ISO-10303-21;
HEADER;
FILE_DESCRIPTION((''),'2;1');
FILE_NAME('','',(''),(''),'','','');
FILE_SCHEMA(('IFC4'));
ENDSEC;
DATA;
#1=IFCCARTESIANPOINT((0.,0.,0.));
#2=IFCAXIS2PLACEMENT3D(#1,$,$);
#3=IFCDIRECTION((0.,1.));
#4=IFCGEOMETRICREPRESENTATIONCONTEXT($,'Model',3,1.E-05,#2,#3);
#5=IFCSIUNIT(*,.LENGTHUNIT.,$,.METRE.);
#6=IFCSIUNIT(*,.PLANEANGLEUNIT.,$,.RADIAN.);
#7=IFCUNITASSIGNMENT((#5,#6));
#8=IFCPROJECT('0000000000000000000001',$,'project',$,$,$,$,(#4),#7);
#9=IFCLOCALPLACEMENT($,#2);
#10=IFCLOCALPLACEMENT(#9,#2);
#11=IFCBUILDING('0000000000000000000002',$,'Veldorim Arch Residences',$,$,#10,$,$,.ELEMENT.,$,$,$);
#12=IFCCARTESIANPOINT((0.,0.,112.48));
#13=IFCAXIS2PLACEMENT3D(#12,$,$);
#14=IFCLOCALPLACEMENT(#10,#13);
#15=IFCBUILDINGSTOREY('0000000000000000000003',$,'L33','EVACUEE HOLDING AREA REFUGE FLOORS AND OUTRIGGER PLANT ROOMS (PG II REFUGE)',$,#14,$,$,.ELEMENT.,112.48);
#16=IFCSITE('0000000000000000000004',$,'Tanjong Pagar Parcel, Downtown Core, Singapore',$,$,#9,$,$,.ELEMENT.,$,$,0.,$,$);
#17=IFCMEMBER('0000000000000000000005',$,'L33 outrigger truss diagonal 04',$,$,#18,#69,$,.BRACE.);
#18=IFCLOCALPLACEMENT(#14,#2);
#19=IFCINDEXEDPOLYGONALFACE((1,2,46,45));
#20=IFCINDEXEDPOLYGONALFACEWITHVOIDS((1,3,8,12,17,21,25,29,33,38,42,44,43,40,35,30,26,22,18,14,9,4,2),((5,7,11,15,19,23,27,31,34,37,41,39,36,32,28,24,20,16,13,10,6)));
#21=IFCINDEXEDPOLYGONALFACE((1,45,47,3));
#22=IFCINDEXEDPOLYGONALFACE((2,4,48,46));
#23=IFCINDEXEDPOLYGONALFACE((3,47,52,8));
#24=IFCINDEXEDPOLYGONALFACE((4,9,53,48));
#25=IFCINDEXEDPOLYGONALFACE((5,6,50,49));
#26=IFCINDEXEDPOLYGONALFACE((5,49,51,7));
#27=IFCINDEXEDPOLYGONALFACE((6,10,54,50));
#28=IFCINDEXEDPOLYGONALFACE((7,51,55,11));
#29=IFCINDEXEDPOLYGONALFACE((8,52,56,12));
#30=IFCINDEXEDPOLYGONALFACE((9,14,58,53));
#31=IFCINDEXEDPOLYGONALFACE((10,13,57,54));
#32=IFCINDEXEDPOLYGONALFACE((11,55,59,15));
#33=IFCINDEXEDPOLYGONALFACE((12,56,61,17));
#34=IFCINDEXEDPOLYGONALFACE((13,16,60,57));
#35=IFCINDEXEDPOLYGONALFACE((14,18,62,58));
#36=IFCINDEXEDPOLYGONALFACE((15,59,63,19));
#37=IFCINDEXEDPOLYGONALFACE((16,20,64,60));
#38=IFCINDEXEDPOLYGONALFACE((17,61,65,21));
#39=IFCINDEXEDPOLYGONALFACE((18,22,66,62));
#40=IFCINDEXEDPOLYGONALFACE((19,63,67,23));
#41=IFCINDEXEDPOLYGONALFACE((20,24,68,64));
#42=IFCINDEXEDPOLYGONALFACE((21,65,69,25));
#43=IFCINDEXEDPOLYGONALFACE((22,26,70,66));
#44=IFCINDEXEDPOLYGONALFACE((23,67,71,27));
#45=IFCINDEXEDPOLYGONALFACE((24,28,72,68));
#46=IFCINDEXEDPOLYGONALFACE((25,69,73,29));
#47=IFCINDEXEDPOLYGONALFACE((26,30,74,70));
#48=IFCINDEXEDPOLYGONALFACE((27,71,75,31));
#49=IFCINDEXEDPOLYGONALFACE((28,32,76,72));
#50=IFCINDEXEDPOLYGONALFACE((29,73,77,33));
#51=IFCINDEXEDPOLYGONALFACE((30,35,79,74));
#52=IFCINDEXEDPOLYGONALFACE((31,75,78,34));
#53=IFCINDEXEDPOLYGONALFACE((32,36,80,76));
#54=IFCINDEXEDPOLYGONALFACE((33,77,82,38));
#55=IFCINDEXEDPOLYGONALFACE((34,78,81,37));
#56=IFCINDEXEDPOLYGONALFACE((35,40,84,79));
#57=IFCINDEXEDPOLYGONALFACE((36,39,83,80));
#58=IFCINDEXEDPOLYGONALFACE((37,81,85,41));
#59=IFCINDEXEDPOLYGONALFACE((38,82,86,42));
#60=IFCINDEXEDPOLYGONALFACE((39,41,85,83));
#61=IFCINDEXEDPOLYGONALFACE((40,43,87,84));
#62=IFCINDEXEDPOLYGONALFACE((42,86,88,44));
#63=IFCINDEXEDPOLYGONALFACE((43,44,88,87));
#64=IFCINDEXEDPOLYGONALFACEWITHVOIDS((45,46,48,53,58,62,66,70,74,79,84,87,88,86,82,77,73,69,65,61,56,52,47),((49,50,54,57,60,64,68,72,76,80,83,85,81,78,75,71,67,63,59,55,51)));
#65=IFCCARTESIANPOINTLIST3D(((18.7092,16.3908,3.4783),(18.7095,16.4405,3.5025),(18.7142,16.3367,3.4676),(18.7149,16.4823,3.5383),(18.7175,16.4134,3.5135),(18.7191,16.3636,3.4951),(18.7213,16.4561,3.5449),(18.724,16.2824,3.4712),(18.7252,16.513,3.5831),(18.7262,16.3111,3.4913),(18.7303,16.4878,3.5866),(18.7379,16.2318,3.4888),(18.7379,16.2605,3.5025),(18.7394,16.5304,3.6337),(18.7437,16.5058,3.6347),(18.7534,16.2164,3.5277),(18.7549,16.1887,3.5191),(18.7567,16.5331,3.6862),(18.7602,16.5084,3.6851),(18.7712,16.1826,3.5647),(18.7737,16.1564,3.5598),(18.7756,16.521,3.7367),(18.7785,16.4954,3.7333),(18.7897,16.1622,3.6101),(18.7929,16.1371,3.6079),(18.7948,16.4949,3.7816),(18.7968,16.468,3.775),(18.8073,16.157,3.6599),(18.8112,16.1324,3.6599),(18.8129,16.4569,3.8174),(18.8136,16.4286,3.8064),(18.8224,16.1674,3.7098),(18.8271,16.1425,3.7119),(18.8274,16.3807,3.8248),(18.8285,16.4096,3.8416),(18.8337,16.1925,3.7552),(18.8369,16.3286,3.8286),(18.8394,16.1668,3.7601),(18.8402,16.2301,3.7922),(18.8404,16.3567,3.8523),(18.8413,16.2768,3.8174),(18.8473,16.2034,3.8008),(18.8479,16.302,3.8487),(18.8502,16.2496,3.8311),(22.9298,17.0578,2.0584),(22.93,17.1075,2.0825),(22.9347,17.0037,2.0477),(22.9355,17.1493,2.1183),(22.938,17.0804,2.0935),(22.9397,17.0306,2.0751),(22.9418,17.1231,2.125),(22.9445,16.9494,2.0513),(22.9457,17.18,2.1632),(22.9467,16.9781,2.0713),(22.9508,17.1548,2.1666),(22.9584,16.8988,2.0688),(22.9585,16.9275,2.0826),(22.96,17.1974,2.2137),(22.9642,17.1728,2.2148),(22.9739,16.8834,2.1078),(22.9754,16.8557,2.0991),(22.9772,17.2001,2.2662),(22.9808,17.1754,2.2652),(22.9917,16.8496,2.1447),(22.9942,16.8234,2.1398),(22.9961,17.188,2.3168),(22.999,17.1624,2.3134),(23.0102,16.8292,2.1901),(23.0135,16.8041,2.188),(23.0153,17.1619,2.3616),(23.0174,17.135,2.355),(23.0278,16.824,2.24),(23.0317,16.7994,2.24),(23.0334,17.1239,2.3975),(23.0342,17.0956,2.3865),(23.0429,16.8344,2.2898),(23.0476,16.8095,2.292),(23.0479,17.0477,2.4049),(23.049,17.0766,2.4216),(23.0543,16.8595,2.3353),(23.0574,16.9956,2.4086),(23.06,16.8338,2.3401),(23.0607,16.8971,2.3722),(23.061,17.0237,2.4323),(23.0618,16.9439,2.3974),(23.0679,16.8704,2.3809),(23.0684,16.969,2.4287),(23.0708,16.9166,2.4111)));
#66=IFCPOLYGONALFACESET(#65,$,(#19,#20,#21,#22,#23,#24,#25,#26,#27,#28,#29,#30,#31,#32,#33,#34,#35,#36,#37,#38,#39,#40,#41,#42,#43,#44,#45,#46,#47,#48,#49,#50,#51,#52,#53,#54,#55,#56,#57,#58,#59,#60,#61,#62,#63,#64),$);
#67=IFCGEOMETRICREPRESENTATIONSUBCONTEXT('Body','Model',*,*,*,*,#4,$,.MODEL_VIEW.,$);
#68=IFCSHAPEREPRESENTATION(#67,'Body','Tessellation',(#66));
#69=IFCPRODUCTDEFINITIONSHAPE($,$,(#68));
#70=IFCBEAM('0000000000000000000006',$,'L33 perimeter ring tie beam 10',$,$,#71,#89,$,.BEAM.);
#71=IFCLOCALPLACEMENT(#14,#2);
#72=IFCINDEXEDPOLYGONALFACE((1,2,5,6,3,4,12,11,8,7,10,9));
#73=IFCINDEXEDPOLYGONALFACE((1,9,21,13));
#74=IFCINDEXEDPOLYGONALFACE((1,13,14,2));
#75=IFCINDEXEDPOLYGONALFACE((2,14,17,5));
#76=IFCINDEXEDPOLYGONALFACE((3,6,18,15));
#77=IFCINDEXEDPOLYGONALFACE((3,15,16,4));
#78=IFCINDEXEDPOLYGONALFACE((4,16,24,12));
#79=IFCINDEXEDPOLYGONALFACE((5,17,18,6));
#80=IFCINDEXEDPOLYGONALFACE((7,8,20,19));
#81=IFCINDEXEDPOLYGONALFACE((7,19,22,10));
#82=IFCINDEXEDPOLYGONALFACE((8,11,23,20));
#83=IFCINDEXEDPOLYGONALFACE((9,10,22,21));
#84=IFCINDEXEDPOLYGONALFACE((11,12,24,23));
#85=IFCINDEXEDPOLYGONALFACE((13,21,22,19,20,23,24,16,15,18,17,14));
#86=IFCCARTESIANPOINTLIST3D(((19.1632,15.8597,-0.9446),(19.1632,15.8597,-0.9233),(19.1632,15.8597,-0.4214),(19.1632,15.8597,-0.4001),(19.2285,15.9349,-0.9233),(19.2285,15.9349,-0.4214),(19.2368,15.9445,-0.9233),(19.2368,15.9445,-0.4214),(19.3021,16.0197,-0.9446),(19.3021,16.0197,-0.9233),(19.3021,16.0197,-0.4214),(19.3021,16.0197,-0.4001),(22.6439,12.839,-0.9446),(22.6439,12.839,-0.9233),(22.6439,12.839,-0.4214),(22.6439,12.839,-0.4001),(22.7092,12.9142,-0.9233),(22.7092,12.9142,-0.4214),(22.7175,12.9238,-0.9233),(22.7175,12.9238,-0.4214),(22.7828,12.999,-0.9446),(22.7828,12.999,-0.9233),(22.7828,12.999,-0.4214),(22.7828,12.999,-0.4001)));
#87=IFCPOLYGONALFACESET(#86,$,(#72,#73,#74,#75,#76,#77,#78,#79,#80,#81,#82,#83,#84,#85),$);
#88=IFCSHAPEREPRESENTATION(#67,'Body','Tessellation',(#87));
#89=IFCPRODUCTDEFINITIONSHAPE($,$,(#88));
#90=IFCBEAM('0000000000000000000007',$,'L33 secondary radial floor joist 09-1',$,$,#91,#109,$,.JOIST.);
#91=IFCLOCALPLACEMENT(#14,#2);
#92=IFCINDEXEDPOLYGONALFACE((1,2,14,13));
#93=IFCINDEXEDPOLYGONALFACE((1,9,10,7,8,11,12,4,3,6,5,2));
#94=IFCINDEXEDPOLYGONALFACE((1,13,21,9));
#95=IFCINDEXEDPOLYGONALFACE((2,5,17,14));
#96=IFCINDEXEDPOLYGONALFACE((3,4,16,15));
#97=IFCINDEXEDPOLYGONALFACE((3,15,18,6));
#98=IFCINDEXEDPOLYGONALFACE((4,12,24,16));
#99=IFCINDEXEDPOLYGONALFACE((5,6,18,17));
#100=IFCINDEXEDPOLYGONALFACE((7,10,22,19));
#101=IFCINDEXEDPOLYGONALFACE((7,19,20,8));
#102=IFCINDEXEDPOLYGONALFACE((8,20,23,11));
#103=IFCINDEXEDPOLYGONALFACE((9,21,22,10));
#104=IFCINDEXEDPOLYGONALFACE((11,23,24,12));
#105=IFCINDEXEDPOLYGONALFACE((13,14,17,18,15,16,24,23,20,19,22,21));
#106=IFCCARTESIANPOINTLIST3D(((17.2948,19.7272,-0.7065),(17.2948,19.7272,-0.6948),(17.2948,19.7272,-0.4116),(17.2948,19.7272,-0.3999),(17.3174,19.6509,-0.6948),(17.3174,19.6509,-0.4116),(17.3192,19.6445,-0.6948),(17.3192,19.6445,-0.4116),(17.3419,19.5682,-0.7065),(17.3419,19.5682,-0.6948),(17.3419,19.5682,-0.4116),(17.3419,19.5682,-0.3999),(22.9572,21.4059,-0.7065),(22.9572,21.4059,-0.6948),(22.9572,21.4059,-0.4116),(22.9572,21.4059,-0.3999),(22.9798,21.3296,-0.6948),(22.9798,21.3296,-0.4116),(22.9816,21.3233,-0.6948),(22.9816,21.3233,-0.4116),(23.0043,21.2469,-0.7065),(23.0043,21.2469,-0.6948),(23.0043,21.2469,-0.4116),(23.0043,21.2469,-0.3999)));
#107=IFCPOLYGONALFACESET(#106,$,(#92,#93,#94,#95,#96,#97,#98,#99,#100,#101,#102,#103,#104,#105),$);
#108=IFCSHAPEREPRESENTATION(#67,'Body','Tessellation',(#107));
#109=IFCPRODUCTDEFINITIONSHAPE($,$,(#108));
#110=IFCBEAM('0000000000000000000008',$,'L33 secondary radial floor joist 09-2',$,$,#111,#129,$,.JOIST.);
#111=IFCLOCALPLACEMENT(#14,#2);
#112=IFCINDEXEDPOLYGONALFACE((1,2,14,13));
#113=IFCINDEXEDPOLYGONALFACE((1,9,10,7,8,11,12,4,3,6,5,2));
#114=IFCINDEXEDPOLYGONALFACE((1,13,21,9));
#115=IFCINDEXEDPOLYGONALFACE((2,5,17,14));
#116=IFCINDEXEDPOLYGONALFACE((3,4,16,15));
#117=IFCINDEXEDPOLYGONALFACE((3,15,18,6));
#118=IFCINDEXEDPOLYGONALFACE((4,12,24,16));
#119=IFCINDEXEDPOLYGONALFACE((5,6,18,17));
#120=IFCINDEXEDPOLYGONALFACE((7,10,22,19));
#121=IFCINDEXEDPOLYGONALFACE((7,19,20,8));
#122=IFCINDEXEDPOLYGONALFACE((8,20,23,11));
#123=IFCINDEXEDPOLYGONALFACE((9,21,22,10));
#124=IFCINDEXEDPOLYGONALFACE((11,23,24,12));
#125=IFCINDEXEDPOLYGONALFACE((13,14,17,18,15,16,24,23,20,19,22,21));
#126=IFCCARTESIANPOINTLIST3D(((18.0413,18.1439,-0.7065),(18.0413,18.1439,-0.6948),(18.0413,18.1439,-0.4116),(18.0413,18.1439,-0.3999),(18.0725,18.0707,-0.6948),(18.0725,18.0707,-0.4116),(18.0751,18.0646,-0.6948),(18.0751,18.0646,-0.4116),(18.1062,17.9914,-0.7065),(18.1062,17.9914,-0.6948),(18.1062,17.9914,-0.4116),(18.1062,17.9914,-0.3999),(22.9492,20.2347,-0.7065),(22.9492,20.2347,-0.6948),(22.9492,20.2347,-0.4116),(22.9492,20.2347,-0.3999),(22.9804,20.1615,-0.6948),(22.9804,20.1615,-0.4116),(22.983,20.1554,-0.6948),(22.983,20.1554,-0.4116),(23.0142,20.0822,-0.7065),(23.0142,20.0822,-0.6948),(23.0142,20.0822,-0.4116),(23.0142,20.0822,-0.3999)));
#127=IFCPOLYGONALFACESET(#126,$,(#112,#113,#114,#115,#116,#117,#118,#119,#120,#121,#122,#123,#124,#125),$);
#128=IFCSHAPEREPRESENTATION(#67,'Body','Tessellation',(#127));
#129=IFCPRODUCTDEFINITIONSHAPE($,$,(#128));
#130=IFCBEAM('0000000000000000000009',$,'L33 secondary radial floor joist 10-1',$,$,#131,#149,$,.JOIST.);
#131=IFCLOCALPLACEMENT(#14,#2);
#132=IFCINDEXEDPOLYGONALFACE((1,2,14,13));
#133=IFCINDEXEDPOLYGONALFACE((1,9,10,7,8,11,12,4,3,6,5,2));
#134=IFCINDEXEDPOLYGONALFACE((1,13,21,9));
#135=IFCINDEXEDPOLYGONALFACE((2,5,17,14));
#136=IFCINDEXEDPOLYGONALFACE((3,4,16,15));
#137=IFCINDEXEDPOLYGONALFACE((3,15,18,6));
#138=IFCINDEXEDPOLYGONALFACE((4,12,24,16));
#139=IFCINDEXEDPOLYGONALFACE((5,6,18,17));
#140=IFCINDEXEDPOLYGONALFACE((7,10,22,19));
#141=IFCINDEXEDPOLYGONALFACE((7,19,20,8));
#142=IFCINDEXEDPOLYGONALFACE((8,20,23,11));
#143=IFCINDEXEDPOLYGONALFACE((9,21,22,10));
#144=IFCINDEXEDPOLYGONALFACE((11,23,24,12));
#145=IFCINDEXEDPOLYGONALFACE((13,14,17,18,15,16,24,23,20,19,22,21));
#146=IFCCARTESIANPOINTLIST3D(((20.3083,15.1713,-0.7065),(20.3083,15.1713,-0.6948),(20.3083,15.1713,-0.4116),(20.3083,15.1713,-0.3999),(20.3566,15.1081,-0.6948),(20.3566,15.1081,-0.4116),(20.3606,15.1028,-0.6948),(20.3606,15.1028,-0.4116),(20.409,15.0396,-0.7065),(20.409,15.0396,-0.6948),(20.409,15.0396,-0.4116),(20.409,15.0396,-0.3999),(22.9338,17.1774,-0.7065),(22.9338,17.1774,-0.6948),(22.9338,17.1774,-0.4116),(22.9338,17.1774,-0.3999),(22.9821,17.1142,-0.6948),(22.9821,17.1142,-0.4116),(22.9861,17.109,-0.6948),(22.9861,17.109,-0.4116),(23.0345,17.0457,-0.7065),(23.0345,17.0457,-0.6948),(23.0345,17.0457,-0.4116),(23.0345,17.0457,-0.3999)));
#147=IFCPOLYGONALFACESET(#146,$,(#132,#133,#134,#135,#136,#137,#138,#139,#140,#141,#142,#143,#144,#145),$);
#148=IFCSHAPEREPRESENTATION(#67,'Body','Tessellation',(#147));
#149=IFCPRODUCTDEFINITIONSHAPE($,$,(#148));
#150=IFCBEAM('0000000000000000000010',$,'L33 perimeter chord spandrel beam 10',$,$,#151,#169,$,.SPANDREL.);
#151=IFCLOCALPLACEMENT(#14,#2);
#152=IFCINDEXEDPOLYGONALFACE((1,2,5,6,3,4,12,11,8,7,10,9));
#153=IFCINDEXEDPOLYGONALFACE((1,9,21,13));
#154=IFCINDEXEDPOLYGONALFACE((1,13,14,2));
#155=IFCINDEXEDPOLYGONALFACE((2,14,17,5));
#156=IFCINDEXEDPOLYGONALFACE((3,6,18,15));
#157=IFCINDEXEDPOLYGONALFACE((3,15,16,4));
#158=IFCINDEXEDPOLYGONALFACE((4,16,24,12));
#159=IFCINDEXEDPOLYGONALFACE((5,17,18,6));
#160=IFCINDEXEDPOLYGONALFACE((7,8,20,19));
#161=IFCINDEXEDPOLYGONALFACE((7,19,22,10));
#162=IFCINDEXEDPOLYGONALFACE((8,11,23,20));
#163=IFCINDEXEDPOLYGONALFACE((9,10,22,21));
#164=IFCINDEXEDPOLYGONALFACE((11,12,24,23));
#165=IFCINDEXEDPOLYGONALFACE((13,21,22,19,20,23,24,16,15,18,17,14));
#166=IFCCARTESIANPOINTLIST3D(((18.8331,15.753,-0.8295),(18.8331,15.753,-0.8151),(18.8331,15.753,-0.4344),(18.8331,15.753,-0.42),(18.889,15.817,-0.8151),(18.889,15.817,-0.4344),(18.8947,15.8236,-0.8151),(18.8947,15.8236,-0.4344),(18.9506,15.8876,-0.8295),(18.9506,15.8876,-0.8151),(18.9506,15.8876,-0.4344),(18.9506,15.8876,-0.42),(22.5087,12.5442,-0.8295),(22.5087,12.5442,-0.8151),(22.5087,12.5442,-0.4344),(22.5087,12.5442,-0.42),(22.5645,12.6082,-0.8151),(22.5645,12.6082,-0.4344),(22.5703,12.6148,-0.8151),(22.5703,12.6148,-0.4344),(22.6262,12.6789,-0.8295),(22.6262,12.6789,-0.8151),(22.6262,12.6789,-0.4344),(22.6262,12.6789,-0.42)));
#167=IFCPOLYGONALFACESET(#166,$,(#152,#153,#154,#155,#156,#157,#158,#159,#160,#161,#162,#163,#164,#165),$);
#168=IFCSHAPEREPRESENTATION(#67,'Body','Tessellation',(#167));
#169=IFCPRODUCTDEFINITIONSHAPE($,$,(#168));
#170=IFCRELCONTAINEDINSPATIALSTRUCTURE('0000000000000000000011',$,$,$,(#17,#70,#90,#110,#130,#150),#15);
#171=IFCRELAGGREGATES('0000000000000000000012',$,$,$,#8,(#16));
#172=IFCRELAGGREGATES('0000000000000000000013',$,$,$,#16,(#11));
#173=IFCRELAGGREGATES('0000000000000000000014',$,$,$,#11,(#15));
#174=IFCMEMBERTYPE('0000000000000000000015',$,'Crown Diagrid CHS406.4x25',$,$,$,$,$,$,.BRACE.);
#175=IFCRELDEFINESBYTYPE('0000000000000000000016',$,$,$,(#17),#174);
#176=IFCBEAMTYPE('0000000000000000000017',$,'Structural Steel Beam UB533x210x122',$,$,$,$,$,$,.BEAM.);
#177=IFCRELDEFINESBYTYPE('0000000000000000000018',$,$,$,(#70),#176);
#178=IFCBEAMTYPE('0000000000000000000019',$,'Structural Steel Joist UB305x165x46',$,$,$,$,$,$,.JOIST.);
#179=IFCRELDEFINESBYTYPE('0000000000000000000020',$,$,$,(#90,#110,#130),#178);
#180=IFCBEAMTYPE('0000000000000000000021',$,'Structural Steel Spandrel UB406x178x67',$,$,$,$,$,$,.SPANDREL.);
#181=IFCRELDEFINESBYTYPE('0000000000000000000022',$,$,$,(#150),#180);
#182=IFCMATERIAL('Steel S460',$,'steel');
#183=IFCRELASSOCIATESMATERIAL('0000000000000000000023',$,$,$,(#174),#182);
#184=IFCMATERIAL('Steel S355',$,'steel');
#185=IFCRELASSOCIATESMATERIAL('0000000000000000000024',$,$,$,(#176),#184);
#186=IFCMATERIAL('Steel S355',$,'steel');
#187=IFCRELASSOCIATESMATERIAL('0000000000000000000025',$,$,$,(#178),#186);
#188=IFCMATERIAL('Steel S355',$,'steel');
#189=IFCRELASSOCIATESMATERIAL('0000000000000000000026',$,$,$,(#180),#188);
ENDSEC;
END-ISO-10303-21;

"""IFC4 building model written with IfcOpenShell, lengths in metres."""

from ifc_helpers import new_model, si_unit, direction, frame, origin, origin_2d, place, context, subcontext, project, spatial, hollow_circle, i_section, extrude, material, material_profile, profile_set, type_object, element, save


model = new_model("IFC4")

# Units and contexts
model_context = context("Model", 3, precision=1e-05, world=origin(), true_north=direction((0.0, 1.0)))
body_context = subcontext(model_context, "Body", "Model", "MODEL_VIEW")
ifc_project = project(units=[si_unit("LENGTHUNIT", "METRE"), si_unit("PLANEANGLEUNIT", "RADIAN")], contexts=[model_context])

# Site, building, storey
site_placement = place(None, origin())
site = spatial("IfcSite", under=ifc_project, at=site_placement, Name="Tanjong Pagar Parcel, Downtown Core, Singapore", CompositionType="ELEMENT", RefElevation=0.0)
building_placement = place(site_placement, origin())
building = spatial("IfcBuilding", under=site, at=building_placement, Name="Veldorim Arch Residences", CompositionType="ELEMENT")
storey_placement = place(building_placement, frame((0.0, 0.0, 112.48)))
storey = spatial("IfcBuildingStorey", under=building, at=storey_placement, Name="L33", Description="EVACUEE HOLDING AREA REFUGE FLOORS AND OUTRIGGER PLANT ROOMS (PG II REFUGE)", CompositionType="ELEMENT", Elevation=112.48)

# Member
ifc_material_1 = material(Name="Steel S460", Category="steel")
ifc_material_profile_1 = material_profile(ifc_material_1, hollow_circle(Radius=0.2031, WallThickness=0.0249, at=origin_2d()), Name="CHS406.4x25")
ifc_profile_set_1 = profile_set([ifc_material_profile_1], Name="Steel S460")
member_type_1 = type_object("IfcMemberType", Name="Crown Diagrid CHS406.4x25", PredefinedType="BRACE", material=ifc_profile_set_1)
member_1_placement = place(storey_placement, frame((23.0, 17.0, 2.24), z_axis=(-0.93734, -0.148135, 0.315357), x_axis=(0.1561, -0.987741, 0.0)))
element("IfcMember", 1, at=member_1_placement, inside=storey, type_object=member_type_1, Name="L33 outrigger truss diagonal 04", PredefinedType="BRACE", context=body_context, shape_type="SweptSolid", body=[
    extrude(hollow_circle(Radius=0.2031, WallThickness=0.0249, at=origin_2d()), origin(), (0.0, 0.0, 1.0), 4.5027),
])

# Beams
ifc_material_2 = material(Name="Steel S355", Category="steel")
ifc_material_profile_2 = material_profile(ifc_material_2, i_section(OverallWidth=0.2119, OverallDepth=0.5444, WebThickness=0.0127, FlangeThickness=0.0212, at=origin_2d()), Name="UB533x210x122")
ifc_profile_set_2 = profile_set([ifc_material_profile_2], Name="Steel S355")
beam_type_1 = type_object("IfcBeamType", Name="Structural Steel Beam UB533x210x122", PredefinedType="BEAM", material=ifc_profile_set_2)
beam_1_placement = place(storey_placement, frame((19.2327, 15.9397, -0.6724), z_axis=(0.755245, -0.655443, 0.0), x_axis=(0.655443, 0.755245, 0.0)))
element("IfcBeam", 2, at=beam_1_placement, inside=storey, type_object=beam_type_1, Name="L33 perimeter ring tie beam 10", PredefinedType="BEAM", context=body_context, shape_type="SweptSolid", body=[
    extrude(i_section(OverallWidth=0.2119, OverallDepth=0.5444, WebThickness=0.0127, FlangeThickness=0.0212, at=origin_2d()), origin(), (0.0, 0.0, 1.0), 4.6086),
])
ifc_material_3 = material(Name="Steel S355", Category="steel")
ifc_material_profile_3 = material_profile(ifc_material_3, i_section(OverallWidth=0.1658, OverallDepth=0.3066, WebThickness=0.0066, FlangeThickness=0.0117, at=origin_2d()), Name="UB305x165x46")
ifc_profile_set_3 = profile_set([ifc_material_profile_3], Name="Steel S355")
beam_type_2 = type_object("IfcBeamType", Name="Structural Steel Joist UB305x165x46", PredefinedType="JOIST", material=ifc_profile_set_3)
beam_2_placement = place(storey_placement, frame((22.9807, 21.3264, -0.5532), z_axis=(-0.958753, -0.28424, 0.0), x_axis=(0.28424, -0.958753, 0.0)))
element("IfcBeam", 3, at=beam_2_placement, inside=storey, type_object=beam_type_2, Name="L33 secondary radial floor joist 09-1", PredefinedType="JOIST", context=body_context, shape_type="SweptSolid", body=[
    extrude(i_section(OverallWidth=0.1658, OverallDepth=0.3066, WebThickness=0.0066, FlangeThickness=0.0117, at=origin_2d()), origin(), (0.0, 0.0, 1.0), 5.906),
])
beam_3_placement = place(storey_placement, frame((22.9817, 20.1584, -0.5532), z_axis=(-0.919997, -0.391924, 0.0), x_axis=(0.391924, -0.919997, 0.0)))
element("IfcBeam", 4, at=beam_3_placement, inside=storey, type_object=beam_type_2, Name="L33 secondary radial floor joist 09-2", PredefinedType="JOIST", context=body_context, shape_type="SweptSolid", body=[
    extrude(i_section(OverallWidth=0.1658, OverallDepth=0.3066, WebThickness=0.0066, FlangeThickness=0.0117, at=origin_2d()), origin(), (0.0, 0.0, 1.0), 5.3347),
])
beam_4_placement = place(storey_placement, frame((22.9841, 17.1116, -0.5532), z_axis=(-0.794595, -0.60714, 0.0), x_axis=(0.60714, -0.794595, 0.0)))
element("IfcBeam", 5, at=beam_4_placement, inside=storey, type_object=beam_type_2, Name="L33 secondary radial floor joist 10-1", PredefinedType="JOIST", context=body_context, shape_type="SweptSolid", body=[
    extrude(i_section(OverallWidth=0.1658, OverallDepth=0.3066, WebThickness=0.0066, FlangeThickness=0.0117, at=origin_2d()), origin(), (0.0, 0.0, 1.0), 3.3042),
])
ifc_material_4 = material(Name="Steel S355", Category="steel")
ifc_material_profile_4 = material_profile(ifc_material_4, i_section(OverallWidth=0.1787, OverallDepth=0.4094, WebThickness=0.0088, FlangeThickness=0.0144, at=origin_2d()), Name="UB406x178x67")
ifc_profile_set_4 = profile_set([ifc_material_profile_4], Name="Steel S355")
beam_type_3 = type_object("IfcBeamType", Name="Structural Steel Spandrel UB406x178x67", PredefinedType="SPANDREL", material=ifc_profile_set_4)
beam_5_placement = place(storey_placement, frame((18.8918, 15.8203, -0.6248), z_axis=(0.753323, -0.65765, 0.0), x_axis=(0.65765, 0.753323, 0.0)))
element("IfcBeam", 6, at=beam_5_placement, inside=storey, type_object=beam_type_3, Name="L33 perimeter chord spandrel beam 10", PredefinedType="SPANDREL", context=body_context, shape_type="SweptSolid", body=[
    extrude(i_section(OverallWidth=0.1787, OverallDepth=0.4094, WebThickness=0.0088, FlangeThickness=0.0144, at=origin_2d()), origin(), (0.0, 0.0, 1.0), 4.8792),
])

save(model, "model.ifc")
